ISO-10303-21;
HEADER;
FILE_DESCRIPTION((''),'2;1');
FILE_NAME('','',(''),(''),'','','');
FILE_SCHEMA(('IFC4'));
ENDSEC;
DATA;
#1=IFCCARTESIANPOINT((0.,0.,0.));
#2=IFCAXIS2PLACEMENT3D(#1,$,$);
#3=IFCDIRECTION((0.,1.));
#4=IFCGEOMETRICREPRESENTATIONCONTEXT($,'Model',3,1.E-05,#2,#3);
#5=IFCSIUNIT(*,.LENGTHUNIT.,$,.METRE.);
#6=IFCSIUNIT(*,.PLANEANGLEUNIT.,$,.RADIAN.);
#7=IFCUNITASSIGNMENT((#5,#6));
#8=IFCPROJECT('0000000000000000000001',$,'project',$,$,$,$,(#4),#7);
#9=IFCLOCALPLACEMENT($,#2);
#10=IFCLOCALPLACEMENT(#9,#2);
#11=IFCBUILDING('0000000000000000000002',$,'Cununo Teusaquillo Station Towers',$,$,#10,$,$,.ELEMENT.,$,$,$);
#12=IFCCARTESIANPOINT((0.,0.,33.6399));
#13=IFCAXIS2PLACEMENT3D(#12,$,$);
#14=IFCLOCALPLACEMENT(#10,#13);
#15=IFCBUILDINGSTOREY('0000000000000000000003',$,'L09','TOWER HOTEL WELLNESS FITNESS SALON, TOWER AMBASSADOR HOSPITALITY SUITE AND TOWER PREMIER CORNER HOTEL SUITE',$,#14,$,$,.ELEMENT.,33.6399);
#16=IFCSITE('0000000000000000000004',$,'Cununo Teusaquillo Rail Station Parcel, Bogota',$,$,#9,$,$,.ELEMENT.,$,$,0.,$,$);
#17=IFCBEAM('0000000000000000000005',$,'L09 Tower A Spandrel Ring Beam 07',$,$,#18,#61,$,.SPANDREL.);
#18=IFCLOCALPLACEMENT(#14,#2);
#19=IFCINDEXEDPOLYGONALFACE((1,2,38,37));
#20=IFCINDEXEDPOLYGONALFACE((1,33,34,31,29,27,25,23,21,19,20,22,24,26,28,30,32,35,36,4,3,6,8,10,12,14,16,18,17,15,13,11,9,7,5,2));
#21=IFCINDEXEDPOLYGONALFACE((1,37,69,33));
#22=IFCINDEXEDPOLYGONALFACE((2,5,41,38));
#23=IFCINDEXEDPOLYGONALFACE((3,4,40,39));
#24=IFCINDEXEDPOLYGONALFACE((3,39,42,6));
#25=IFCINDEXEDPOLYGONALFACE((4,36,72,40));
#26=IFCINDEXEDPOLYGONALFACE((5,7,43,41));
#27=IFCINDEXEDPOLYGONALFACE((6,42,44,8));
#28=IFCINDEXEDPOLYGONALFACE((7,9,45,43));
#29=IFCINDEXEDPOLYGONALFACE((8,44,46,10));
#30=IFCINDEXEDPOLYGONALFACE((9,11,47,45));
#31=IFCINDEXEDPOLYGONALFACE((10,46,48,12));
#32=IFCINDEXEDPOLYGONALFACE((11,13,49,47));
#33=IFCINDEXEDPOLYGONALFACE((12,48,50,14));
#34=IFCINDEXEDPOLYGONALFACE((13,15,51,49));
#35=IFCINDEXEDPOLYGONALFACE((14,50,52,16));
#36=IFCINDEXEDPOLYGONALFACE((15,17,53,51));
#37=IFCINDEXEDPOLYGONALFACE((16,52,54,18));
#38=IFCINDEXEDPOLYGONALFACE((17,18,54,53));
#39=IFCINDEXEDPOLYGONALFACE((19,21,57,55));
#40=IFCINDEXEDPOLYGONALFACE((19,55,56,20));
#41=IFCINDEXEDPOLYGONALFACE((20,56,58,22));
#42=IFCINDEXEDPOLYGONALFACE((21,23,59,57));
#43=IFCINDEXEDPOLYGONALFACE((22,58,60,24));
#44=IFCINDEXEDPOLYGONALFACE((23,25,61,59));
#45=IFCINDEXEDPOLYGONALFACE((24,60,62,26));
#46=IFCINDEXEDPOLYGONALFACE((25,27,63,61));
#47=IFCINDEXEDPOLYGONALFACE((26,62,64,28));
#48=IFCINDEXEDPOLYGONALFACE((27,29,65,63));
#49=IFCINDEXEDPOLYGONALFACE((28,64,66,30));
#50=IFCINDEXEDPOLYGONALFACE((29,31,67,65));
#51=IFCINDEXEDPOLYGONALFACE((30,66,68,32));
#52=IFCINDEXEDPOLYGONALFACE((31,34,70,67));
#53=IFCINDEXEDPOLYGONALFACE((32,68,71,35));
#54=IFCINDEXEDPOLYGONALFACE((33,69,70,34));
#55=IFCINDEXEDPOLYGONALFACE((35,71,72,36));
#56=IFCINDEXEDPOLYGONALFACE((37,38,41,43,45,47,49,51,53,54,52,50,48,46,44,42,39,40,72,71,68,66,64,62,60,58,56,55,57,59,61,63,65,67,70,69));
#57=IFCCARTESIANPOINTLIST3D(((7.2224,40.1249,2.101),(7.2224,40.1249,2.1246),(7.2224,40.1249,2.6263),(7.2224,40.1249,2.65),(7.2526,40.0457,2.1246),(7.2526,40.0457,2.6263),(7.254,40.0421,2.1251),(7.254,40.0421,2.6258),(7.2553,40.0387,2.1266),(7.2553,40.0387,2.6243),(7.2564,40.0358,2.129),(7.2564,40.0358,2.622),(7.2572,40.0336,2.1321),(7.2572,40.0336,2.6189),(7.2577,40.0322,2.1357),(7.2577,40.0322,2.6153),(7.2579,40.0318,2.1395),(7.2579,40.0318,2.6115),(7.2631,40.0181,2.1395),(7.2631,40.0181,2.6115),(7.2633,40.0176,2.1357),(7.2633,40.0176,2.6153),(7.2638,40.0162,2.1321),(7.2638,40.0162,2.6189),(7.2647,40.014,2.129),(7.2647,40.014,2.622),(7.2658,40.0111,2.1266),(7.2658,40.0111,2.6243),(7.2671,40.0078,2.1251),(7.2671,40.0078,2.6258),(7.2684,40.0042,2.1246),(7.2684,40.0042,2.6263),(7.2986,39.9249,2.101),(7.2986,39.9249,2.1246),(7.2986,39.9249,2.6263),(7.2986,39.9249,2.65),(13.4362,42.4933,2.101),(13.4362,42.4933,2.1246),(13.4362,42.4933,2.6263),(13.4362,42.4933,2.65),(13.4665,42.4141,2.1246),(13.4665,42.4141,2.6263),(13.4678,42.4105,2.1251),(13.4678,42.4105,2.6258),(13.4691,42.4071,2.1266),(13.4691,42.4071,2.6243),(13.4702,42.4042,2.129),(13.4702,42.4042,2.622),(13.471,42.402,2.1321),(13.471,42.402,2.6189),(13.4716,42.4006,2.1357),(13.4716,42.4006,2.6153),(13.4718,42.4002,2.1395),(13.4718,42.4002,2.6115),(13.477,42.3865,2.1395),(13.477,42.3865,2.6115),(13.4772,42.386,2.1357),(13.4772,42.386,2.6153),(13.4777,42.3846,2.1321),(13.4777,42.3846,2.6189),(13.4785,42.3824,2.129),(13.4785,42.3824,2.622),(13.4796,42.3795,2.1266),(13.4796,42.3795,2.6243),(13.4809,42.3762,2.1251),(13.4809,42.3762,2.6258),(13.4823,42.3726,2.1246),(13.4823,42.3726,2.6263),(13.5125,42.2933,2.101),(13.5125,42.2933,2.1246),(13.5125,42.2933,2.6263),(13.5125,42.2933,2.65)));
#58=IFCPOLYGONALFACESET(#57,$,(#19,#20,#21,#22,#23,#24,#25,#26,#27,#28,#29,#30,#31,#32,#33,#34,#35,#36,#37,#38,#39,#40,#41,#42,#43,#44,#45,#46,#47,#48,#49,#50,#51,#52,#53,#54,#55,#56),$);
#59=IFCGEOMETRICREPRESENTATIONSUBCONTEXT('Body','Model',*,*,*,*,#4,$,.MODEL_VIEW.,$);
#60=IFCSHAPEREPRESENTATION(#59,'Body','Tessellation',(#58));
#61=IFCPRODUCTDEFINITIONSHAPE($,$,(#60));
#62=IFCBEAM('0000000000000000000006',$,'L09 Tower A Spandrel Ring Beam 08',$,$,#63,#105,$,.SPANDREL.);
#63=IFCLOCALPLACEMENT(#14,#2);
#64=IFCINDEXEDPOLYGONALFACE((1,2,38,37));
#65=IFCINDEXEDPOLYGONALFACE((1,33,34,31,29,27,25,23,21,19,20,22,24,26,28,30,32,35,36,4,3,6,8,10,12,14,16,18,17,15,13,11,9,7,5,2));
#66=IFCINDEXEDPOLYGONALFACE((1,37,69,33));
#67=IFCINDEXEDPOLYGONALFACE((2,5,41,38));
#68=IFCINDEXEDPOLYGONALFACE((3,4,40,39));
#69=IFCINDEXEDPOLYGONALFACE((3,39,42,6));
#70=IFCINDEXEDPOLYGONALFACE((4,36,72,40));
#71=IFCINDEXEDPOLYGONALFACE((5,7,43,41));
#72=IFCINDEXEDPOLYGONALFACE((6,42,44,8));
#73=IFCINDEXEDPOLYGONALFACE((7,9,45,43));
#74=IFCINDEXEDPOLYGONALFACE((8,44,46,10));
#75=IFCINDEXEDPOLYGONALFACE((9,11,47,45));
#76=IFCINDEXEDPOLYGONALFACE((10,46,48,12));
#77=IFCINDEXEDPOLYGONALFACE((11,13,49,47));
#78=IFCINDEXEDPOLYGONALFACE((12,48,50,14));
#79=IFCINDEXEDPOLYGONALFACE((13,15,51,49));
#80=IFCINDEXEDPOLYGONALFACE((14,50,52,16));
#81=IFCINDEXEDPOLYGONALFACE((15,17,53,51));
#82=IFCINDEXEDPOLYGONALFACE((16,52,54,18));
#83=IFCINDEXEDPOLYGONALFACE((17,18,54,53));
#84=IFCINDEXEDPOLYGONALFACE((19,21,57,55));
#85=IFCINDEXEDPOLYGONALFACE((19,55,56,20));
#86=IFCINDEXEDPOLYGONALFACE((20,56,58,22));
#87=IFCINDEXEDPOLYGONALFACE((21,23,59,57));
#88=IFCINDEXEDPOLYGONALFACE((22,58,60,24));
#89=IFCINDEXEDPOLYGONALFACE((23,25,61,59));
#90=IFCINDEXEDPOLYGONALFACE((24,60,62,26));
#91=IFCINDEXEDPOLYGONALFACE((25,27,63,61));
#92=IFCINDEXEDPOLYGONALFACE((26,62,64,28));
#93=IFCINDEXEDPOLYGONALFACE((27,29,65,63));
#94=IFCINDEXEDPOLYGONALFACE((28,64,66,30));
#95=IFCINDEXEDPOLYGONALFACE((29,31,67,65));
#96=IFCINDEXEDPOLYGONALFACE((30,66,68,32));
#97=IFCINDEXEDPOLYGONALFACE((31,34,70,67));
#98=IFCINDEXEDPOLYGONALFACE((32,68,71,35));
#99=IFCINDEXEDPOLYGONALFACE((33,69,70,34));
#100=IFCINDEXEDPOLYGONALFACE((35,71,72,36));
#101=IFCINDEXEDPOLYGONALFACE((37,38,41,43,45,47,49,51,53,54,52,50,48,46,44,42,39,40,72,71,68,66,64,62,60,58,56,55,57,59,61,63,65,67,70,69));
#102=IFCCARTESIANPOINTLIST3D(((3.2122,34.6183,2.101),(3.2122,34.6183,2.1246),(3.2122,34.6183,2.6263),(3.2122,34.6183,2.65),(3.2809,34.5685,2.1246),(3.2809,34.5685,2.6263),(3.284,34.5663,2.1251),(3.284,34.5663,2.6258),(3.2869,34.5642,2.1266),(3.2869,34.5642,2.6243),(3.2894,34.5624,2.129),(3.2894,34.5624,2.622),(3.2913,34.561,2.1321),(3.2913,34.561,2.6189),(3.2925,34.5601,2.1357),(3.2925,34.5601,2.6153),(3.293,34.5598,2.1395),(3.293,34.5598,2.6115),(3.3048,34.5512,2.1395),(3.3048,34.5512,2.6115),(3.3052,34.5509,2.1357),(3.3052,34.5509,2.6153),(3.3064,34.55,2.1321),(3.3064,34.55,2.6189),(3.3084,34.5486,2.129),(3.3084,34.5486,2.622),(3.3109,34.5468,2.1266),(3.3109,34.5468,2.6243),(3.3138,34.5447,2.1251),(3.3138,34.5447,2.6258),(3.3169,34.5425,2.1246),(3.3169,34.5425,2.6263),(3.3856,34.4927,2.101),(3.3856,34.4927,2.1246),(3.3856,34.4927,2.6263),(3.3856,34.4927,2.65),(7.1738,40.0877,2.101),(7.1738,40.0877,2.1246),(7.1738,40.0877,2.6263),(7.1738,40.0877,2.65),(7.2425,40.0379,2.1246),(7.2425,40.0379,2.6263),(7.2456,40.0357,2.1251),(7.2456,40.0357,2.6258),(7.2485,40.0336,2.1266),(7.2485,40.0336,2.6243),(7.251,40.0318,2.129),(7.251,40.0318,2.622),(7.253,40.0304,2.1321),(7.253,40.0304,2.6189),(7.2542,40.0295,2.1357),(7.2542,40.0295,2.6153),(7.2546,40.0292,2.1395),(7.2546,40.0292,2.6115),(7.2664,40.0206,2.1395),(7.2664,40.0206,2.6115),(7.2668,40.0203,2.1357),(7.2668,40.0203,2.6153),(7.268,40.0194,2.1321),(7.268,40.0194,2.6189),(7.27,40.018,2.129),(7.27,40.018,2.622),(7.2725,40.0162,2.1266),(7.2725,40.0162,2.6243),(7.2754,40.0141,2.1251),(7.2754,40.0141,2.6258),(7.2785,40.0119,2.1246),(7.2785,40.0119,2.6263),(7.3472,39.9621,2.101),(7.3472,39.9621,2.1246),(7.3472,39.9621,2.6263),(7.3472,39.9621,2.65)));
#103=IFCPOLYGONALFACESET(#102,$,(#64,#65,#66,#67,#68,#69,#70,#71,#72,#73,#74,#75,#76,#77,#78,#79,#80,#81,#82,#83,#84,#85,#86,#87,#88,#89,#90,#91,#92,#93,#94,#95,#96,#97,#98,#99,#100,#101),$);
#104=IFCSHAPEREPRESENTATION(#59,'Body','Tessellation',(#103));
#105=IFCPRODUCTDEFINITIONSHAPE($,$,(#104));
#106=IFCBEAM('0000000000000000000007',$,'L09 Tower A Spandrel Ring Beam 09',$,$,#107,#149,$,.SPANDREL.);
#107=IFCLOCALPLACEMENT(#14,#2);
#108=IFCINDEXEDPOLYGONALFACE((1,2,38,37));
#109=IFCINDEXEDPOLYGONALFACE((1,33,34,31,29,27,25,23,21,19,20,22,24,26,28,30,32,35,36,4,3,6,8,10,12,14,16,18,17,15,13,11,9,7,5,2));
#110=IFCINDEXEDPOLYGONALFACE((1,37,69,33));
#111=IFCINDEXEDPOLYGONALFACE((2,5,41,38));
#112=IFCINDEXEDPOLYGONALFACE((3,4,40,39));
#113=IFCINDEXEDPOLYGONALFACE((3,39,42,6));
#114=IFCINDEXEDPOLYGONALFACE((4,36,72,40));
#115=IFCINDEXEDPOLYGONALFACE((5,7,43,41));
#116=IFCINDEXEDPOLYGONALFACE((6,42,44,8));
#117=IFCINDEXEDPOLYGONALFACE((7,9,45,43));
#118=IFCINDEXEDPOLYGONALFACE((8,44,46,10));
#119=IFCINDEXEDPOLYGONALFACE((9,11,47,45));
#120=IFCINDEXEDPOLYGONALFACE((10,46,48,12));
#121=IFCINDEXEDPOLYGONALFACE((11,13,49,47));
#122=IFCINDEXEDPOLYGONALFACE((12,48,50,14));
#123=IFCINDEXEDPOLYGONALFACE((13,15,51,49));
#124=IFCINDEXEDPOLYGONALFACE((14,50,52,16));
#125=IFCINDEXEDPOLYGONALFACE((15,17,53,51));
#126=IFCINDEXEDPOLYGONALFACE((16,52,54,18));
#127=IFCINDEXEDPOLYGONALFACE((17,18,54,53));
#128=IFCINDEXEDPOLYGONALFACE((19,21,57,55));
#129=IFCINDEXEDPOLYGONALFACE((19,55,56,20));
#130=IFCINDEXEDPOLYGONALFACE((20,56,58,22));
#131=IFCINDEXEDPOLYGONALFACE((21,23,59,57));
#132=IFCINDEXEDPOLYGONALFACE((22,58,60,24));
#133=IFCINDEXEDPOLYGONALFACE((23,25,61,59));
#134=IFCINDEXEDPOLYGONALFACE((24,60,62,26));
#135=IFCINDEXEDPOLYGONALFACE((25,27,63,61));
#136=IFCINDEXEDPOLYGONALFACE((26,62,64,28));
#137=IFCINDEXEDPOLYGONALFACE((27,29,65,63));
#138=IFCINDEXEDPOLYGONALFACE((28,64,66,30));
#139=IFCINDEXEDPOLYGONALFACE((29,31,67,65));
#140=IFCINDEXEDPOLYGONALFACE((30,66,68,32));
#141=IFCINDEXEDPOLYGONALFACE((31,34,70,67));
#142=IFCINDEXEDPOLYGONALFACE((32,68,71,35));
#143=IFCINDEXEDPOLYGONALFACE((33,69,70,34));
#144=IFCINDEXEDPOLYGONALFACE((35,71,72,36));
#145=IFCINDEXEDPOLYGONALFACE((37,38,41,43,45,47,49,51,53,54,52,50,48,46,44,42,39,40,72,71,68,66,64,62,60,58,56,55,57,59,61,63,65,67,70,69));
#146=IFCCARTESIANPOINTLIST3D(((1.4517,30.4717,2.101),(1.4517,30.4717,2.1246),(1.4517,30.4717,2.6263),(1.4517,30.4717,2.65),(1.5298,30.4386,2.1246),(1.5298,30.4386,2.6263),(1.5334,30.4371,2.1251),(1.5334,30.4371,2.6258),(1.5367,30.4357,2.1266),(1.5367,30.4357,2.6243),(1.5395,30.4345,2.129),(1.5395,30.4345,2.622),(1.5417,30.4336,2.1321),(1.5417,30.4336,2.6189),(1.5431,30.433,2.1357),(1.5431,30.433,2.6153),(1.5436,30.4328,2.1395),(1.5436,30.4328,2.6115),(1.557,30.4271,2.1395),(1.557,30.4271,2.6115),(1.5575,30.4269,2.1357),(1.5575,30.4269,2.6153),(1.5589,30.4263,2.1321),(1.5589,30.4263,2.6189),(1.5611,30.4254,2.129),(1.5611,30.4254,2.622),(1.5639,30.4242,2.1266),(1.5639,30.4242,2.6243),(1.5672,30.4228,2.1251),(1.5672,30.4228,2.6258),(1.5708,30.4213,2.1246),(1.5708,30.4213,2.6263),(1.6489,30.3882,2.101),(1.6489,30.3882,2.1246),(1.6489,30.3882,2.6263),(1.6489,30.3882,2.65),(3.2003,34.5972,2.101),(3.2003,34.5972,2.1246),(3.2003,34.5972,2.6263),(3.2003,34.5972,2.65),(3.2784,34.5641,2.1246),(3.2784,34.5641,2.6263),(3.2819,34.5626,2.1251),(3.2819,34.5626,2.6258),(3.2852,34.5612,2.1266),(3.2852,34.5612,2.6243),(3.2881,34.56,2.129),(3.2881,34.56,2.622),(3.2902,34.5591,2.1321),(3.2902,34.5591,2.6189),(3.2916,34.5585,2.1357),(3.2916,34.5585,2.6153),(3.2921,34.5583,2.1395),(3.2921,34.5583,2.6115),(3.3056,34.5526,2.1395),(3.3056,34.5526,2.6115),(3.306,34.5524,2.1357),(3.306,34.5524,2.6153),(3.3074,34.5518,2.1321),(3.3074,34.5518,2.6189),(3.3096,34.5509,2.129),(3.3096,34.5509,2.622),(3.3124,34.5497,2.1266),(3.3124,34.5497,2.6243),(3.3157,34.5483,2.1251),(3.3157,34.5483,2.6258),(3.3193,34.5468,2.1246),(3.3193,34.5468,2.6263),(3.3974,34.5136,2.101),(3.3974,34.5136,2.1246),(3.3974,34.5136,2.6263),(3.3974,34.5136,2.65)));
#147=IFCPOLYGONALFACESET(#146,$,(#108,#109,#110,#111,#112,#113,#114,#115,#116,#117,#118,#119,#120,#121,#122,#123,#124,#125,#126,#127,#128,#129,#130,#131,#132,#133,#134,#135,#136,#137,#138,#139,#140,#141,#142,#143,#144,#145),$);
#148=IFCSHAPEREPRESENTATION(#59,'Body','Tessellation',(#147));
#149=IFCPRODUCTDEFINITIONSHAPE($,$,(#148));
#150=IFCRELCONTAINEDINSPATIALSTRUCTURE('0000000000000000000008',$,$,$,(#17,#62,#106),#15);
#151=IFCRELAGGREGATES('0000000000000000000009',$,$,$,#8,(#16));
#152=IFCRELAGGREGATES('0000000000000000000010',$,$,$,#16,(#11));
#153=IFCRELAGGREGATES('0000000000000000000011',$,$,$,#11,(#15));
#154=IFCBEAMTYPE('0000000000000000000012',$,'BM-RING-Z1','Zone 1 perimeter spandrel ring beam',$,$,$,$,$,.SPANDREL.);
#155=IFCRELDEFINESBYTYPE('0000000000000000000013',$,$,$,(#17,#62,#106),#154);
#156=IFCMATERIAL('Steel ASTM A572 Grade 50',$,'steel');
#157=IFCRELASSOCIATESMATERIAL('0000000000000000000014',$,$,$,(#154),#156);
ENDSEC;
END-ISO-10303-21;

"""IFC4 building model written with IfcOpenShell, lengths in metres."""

from ifc_helpers import new_model, si_unit, direction, frame, origin, origin_2d, place, context, subcontext, project, spatial, i_section, extrude, material, material_profile, profile_set, type_object, element, save


model = new_model("IFC4")

# Units and contexts
model_context = context("Model", 3, precision=1e-05, world=origin(), true_north=direction((0.0, 1.0)))
body_context = subcontext(model_context, "Body", "Model", "MODEL_VIEW")
ifc_project = project(units=[si_unit("LENGTHUNIT", "METRE"), si_unit("PLANEANGLEUNIT", "RADIAN")], contexts=[model_context])

# Site, building, storey
site_placement = place(None, origin())
site = spatial("IfcSite", under=ifc_project, at=site_placement, Name="Cununo Teusaquillo Rail Station Parcel, Bogota", CompositionType="ELEMENT", RefElevation=0.0)
building_placement = place(site_placement, origin())
building = spatial("IfcBuilding", under=site, at=building_placement, Name="Cununo Teusaquillo Station Towers", CompositionType="ELEMENT")
storey_placement = place(building_placement, frame((0.0, 0.0, 33.6399)))
storey = spatial("IfcBuildingStorey", under=building, at=storey_placement, Name="L09", Description="TOWER HOTEL WELLNESS FITNESS SALON, TOWER AMBASSADOR HOSPITALITY SUITE AND TOWER PREMIER CORNER HOTEL SUITE", CompositionType="ELEMENT", Elevation=33.6399)

# Beams
ifc_material_1 = material(Name="Steel ASTM A572 Grade 50", Category="steel")
ifc_material_profile_1 = material_profile(ifc_material_1, i_section(OverallWidth=0.2141, OverallDepth=0.5491, WebThickness=0.0146, FlangeThickness=0.0237, FilletRadius=0.0149, at=origin_2d()), Name="W21X93")
ifc_profile_set_1 = profile_set([ifc_material_profile_1], Name="Steel ASTM A572 Grade 50")
beam_type_1 = type_object("IfcBeamType", Name="BM-RING-Z1", Description="Zone 1 perimeter spandrel ring beam", PredefinedType="SPANDREL", material=ifc_profile_set_1)
beam_1_placement = place(storey_placement, frame((13.4744, 42.3933, 2.3755), z_axis=(-0.934427, -0.356156, 0.0), x_axis=(0.356156, -0.934427, 0.0)))
element("IfcBeam", 1, at=beam_1_placement, inside=storey, type_object=beam_type_1, Name="L09 Tower A Spandrel Ring Beam 07", PredefinedType="SPANDREL", context=body_context, shape_type="SweptSolid", body=[
    extrude(i_section(OverallWidth=0.2141, OverallDepth=0.5491, WebThickness=0.0146, FlangeThickness=0.0237, FilletRadius=0.0149, at=origin_2d()), origin(), (0.0, 0.0, 1.0), 6.6499),
])
beam_2_placement = place(storey_placement, frame((7.2605, 40.0249, 2.3755), z_axis=(-0.586608, -0.809871, 0.0), x_axis=(0.809871, -0.586608, 0.0)))
element("IfcBeam", 2, at=beam_2_placement, inside=storey, type_object=beam_type_1, Name="L09 Tower A Spandrel Ring Beam 08", PredefinedType="SPANDREL", context=body_context, shape_type="SweptSolid", body=[
    extrude(i_section(OverallWidth=0.2141, OverallDepth=0.5491, WebThickness=0.0146, FlangeThickness=0.0237, FilletRadius=0.0149, at=origin_2d()), origin(), (0.0, 0.0, 1.0), 6.7534),
])
beam_3_placement = place(storey_placement, frame((3.2988, 34.5554, 2.3755), z_axis=(-0.390234, -0.920716, 0.0), x_axis=(0.920716, -0.390234, 0.0)))
element("IfcBeam", 3, at=beam_3_placement, inside=storey, type_object=beam_type_1, Name="L09 Tower A Spandrel Ring Beam 09", PredefinedType="SPANDREL", context=body_context, shape_type="SweptSolid", body=[
    extrude(i_section(OverallWidth=0.2141, OverallDepth=0.5491, WebThickness=0.0146, FlangeThickness=0.0237, FilletRadius=0.0149, at=origin_2d()), origin(), (0.0, 0.0, 1.0), 4.4807),
])

save(model, "model.ifc")
